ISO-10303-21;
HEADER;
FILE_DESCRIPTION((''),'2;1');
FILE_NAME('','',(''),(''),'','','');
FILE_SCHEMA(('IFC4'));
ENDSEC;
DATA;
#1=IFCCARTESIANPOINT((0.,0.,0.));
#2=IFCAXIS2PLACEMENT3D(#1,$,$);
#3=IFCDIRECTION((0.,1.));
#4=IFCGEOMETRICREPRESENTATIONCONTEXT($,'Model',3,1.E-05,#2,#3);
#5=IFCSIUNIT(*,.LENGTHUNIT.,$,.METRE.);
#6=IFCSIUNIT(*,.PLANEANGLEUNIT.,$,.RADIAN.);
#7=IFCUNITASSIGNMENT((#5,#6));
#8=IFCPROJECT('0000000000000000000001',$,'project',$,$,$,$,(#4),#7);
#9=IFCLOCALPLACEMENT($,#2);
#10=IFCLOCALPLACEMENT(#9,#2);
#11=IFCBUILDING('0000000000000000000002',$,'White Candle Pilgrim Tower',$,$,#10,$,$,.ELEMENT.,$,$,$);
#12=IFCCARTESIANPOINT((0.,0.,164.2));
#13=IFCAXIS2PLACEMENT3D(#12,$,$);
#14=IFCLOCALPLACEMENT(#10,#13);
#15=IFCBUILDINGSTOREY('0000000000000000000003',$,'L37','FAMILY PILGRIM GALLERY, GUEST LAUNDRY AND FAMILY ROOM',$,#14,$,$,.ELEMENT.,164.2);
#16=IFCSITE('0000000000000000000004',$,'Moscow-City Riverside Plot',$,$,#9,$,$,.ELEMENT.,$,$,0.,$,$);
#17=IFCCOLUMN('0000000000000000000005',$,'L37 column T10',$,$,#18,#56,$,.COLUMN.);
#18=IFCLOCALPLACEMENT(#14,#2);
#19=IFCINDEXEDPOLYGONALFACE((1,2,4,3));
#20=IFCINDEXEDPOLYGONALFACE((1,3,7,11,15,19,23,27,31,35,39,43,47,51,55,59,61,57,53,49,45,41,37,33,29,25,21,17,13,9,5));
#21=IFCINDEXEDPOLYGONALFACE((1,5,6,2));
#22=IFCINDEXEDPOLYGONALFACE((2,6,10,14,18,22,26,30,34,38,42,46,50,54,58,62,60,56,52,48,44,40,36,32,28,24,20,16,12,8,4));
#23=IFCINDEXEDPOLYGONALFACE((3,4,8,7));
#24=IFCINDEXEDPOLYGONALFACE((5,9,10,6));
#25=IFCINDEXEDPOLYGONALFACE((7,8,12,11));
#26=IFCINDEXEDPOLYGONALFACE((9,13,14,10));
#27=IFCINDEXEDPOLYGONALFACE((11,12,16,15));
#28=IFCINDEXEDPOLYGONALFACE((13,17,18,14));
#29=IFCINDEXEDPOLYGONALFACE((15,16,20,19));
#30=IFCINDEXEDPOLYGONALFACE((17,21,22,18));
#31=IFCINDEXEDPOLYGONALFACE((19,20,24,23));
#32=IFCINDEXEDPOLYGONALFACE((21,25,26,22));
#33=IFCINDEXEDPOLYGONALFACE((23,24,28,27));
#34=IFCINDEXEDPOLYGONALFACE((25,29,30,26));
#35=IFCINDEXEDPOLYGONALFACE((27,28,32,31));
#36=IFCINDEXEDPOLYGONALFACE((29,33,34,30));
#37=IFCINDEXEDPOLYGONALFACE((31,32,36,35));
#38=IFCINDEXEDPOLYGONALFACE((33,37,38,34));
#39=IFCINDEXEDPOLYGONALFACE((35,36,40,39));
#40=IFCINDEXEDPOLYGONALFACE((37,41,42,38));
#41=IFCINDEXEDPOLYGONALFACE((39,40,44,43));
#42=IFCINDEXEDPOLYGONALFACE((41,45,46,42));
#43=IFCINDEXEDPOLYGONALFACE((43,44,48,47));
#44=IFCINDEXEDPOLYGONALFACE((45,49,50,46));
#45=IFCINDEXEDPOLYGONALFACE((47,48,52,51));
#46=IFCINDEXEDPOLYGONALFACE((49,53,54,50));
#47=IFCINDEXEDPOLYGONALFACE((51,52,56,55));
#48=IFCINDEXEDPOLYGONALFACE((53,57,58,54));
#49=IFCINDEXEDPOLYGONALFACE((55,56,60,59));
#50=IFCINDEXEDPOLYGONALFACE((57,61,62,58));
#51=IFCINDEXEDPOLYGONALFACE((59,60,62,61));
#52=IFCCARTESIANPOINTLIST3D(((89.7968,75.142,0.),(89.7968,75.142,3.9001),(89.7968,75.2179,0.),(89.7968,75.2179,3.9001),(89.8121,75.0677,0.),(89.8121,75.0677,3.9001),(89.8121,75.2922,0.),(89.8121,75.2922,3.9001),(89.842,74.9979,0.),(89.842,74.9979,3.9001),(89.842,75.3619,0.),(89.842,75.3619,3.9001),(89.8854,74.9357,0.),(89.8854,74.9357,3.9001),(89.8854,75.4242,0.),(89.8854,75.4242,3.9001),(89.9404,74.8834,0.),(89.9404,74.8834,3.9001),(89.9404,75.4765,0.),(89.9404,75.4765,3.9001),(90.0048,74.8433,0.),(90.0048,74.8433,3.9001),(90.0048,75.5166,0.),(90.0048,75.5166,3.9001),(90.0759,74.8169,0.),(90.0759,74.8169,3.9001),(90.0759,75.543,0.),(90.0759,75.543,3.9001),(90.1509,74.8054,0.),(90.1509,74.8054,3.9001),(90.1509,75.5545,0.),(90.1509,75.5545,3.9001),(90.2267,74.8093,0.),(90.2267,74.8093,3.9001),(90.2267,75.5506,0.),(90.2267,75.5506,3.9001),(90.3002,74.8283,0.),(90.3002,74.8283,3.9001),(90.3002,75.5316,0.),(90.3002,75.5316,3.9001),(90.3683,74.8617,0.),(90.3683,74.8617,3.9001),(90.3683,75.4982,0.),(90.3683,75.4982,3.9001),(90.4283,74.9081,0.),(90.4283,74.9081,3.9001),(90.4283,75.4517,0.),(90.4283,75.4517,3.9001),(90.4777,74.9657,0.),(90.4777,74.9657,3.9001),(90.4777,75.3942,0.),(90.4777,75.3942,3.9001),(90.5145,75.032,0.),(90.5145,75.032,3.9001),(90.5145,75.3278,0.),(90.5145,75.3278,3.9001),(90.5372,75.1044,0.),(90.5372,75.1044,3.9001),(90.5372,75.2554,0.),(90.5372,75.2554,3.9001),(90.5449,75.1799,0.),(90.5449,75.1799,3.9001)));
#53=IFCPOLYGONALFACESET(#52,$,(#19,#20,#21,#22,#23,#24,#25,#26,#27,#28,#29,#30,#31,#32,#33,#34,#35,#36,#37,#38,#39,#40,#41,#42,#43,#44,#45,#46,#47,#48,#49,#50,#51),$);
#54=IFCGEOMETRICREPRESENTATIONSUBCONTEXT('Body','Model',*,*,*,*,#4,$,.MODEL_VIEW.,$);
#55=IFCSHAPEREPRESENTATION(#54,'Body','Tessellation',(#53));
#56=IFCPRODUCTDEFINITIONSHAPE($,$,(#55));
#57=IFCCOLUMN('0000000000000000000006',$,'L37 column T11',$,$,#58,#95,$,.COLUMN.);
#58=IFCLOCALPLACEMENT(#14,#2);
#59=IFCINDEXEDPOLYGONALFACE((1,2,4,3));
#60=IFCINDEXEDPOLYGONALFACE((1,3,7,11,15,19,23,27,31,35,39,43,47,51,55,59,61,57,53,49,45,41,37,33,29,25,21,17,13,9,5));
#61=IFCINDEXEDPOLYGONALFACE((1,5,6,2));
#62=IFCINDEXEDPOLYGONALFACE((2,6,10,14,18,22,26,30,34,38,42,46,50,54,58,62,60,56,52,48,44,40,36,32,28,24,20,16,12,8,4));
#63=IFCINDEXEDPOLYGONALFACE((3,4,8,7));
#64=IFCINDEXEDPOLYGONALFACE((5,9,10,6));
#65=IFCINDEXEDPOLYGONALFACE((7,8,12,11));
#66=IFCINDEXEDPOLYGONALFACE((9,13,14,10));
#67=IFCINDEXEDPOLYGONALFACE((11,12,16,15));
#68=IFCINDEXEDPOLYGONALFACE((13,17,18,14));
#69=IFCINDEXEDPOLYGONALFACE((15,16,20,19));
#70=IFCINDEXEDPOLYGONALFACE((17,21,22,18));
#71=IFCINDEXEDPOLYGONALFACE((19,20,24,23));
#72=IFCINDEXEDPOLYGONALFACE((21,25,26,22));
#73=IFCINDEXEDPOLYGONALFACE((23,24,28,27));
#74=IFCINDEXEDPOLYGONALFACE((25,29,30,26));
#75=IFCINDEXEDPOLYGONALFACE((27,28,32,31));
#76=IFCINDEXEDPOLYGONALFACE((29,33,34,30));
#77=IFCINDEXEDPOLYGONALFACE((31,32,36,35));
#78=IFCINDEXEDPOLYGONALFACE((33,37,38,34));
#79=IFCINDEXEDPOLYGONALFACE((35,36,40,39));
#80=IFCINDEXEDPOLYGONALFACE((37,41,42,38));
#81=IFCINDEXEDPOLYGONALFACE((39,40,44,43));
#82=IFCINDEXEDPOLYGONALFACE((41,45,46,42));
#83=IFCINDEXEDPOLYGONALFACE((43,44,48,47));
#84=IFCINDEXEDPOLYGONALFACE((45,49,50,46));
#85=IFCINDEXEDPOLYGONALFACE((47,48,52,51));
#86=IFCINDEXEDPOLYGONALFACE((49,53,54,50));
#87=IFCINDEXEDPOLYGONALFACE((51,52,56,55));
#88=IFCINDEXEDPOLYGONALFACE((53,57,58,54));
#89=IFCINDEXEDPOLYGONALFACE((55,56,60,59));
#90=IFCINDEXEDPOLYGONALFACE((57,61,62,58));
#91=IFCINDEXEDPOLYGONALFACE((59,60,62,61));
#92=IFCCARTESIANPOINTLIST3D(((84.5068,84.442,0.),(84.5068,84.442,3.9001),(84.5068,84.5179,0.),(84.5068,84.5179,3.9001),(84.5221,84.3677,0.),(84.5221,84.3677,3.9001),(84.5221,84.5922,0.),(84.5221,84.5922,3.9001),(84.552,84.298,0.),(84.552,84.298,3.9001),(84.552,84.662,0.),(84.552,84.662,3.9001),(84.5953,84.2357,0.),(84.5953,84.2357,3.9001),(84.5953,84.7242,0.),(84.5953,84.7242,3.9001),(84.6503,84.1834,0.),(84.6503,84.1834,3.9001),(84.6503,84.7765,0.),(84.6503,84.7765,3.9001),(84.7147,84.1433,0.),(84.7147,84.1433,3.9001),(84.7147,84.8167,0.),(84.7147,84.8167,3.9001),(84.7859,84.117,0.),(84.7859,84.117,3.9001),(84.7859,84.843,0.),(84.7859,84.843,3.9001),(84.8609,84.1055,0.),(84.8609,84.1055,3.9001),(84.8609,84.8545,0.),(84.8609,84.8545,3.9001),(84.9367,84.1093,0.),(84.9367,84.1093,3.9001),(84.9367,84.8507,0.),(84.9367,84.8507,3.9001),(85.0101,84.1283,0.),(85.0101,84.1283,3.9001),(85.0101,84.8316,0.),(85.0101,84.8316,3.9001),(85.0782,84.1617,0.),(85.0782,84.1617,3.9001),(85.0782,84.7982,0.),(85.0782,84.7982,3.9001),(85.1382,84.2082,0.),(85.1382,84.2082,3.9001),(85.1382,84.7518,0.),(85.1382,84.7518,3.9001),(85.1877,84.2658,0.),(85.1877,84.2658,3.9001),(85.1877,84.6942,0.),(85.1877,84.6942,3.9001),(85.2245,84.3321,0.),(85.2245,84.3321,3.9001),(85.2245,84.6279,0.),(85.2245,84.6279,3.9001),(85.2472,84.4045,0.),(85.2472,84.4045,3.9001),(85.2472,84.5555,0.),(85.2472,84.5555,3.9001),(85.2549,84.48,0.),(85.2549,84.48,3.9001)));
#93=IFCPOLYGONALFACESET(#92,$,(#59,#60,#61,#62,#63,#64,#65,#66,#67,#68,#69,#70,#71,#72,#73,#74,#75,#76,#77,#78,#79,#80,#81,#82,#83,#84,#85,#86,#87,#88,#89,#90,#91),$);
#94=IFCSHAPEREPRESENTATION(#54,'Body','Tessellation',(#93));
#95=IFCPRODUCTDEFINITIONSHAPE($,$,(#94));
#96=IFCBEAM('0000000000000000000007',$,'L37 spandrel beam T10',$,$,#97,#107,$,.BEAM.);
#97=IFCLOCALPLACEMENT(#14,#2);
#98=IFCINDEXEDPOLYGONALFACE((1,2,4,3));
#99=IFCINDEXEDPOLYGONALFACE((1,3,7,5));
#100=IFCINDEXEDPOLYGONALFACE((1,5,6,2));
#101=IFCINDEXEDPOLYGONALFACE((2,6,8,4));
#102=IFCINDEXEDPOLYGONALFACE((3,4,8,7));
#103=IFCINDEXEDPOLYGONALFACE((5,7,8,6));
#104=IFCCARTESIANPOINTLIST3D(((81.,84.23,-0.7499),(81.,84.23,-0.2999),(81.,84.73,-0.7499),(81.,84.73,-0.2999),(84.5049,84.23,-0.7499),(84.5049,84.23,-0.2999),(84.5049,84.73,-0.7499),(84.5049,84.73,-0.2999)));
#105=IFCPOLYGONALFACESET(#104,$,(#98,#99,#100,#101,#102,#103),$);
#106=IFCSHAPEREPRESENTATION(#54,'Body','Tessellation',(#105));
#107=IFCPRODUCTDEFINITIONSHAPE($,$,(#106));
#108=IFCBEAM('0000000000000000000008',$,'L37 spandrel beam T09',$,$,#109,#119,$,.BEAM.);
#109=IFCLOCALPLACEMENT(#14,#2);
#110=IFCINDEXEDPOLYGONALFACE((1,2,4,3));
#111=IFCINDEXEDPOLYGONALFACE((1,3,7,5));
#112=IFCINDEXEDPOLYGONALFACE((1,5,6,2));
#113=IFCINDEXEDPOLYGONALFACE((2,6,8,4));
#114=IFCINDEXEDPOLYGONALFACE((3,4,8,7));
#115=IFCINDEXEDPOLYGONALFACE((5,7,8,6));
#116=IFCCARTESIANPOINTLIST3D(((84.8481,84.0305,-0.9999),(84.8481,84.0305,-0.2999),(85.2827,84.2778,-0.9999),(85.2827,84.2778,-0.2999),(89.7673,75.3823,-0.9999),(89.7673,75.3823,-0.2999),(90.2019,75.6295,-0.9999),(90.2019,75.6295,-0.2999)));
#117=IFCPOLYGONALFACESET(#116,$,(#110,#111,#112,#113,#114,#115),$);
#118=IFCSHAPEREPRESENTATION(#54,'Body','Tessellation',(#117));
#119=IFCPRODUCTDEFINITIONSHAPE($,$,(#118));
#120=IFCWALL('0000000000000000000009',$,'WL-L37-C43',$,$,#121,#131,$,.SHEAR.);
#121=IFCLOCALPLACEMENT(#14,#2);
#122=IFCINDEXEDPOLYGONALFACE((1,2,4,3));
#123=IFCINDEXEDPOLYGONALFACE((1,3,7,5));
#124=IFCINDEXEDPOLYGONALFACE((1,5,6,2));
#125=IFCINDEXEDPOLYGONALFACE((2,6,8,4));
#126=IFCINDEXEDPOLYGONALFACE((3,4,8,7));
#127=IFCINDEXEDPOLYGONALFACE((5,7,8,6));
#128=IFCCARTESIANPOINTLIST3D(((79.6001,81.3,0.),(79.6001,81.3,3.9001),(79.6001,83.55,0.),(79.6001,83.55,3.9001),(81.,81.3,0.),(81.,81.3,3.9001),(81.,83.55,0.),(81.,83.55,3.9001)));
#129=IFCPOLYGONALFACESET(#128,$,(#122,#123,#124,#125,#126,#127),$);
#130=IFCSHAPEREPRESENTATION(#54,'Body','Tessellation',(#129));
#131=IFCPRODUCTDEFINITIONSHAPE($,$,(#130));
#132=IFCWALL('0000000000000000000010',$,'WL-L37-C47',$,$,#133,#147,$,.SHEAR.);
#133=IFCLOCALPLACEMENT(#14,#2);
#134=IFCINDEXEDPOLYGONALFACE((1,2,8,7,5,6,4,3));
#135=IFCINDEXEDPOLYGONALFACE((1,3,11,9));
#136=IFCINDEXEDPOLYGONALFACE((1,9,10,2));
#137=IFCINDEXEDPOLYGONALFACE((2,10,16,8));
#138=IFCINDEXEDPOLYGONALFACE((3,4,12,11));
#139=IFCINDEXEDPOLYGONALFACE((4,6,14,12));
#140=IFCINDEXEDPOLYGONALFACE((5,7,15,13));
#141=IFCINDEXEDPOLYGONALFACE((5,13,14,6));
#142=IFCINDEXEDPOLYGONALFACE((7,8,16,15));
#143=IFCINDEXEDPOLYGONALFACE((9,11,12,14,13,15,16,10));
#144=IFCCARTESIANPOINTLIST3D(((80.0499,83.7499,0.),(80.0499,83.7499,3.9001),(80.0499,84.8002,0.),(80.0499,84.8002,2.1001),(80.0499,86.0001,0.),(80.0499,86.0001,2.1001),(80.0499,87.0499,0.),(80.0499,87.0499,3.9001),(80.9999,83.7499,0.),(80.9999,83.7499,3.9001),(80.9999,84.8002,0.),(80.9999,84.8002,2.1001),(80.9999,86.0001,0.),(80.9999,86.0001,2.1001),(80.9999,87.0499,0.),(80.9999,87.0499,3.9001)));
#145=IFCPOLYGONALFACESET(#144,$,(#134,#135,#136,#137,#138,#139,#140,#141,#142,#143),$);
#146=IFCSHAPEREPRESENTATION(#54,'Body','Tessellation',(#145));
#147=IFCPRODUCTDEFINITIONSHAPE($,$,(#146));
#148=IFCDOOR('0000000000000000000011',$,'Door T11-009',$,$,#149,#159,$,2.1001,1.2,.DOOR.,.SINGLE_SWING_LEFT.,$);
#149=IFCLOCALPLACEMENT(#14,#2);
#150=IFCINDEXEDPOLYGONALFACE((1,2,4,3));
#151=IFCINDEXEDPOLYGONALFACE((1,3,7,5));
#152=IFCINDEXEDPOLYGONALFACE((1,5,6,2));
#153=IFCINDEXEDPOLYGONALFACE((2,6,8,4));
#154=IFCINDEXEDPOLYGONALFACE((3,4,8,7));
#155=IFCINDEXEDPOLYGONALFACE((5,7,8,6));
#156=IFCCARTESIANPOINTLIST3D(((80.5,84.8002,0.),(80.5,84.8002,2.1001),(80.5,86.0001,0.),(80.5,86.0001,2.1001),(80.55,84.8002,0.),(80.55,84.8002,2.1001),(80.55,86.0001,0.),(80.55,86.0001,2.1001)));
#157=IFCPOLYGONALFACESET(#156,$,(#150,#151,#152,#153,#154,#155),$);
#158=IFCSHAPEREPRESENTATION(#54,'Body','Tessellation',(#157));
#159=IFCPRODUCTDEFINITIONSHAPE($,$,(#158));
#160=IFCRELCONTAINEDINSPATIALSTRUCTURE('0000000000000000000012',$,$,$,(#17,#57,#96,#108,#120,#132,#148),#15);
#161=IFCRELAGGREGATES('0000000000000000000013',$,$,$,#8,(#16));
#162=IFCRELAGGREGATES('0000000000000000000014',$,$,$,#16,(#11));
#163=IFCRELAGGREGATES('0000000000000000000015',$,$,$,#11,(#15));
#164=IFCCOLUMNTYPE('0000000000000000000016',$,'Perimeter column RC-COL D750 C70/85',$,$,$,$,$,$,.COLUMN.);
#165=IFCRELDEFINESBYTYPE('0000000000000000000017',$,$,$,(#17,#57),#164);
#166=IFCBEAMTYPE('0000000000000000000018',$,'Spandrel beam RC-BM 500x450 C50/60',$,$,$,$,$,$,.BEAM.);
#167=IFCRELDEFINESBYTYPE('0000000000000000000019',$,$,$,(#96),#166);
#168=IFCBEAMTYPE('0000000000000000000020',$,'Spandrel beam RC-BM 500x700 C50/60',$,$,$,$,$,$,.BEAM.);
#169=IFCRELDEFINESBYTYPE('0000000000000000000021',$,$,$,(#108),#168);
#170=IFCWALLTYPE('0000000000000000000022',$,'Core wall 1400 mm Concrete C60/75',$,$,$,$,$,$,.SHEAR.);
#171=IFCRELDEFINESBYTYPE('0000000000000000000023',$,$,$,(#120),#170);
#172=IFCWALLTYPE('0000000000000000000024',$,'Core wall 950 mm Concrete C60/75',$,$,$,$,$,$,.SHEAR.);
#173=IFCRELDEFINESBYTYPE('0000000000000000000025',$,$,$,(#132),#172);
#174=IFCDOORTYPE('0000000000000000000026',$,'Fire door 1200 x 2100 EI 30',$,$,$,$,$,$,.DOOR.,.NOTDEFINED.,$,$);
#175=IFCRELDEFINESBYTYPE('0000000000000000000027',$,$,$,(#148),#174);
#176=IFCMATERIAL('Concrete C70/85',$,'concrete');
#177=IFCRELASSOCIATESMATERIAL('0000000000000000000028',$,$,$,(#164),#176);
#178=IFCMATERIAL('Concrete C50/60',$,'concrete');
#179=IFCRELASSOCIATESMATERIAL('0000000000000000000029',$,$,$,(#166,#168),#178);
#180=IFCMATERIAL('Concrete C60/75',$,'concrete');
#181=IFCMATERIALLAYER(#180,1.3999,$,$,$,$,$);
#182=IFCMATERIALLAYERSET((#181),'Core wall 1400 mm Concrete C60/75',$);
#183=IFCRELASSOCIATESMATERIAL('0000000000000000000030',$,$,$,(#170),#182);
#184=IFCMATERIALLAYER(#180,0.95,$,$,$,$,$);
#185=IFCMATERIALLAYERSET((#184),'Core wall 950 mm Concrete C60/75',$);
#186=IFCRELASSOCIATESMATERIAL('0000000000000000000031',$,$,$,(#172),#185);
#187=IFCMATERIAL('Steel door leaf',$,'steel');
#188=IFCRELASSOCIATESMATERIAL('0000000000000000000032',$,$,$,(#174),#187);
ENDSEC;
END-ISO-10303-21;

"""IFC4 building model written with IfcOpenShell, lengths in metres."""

from ifc_helpers import new_model, si_unit, direction, frame, frame_2d, origin, origin_2d, place, context, subcontext, project, spatial, rectangle, circle, extrude, material, layer, layer_set, material_profile, profile_set, type_object, element, fill, save


model = new_model("IFC4")

# Units and contexts
model_context = context("Model", 3, precision=1e-05, world=origin(), true_north=direction((0.0, 1.0)))
body_context = subcontext(model_context, "Body", "Model", "MODEL_VIEW")
ifc_project = project(units=[si_unit("LENGTHUNIT", "METRE"), si_unit("PLANEANGLEUNIT", "RADIAN")], contexts=[model_context])

# Site, building, storey
site_placement = place(None, origin())
site = spatial("IfcSite", under=ifc_project, at=site_placement, Name="Moscow-City Riverside Plot", CompositionType="ELEMENT", RefElevation=0.0)
building_placement = place(site_placement, origin())
building = spatial("IfcBuilding", under=site, at=building_placement, Name="White Candle Pilgrim Tower", CompositionType="ELEMENT")
storey_placement = place(building_placement, frame((0.0, 0.0, 164.2)))
storey = spatial("IfcBuildingStorey", under=building, at=storey_placement, Name="L37", Description="FAMILY PILGRIM GALLERY, GUEST LAUNDRY AND FAMILY ROOM", CompositionType="ELEMENT", Elevation=164.2)

# Columns
ifc_material_1 = material(Name="Concrete C70/85", Category="concrete")
ifc_material_profile_1 = material_profile(ifc_material_1, circle(Radius=0.375, at=origin_2d()), Name="RC-COL D750")
ifc_profile_set_1 = profile_set([ifc_material_profile_1], Name="Concrete C70/85")
column_type = type_object("IfcColumnType", Name="Perimeter column RC-COL D750 C70/85", PredefinedType="COLUMN", material=ifc_profile_set_1)
for number, where, z_axis, x_axis, name in (
    (1, (90.1699, 75.1799, 0.0), (0.0, 0.0, 1.0), (1.0, 0.0, 0.0), "L37 column T10"),
    (2, (84.8799, 84.48, 0.0), (0.0, 0.0, 1.0), (1.0, 0.0, 0.0), "L37 column T11"),
):
    element("IfcColumn", number, at=place(storey_placement, frame(where, z_axis=z_axis, x_axis=x_axis)), inside=storey, type_object=column_type, Name=name, PredefinedType="COLUMN", context=body_context, shape_type="SweptSolid", body=[
        extrude(circle(Radius=0.375, at=origin_2d()), origin(), (0.0, 0.0, 1.0), 3.9001),
    ])

# Beams
ifc_material_2 = material(Name="Concrete C50/60", Category="concrete")
ifc_material_profile_2 = material_profile(ifc_material_2, rectangle(XDim=0.5, YDim=0.45, at=origin_2d()), Name="RC-BM 500x450")
ifc_profile_set_2 = profile_set([ifc_material_profile_2], Name="Concrete C50/60")
beam_type_1 = type_object("IfcBeamType", Name="Spandrel beam RC-BM 500x450 C50/60", PredefinedType="BEAM", material=ifc_profile_set_2)
beam_1_placement = place(storey_placement, frame((84.5049, 84.48, -0.5249), z_axis=(-1.0, 0.0, 0.0), x_axis=(0.0, -1.0, 0.0)))
element("IfcBeam", 3, at=beam_1_placement, inside=storey, type_object=beam_type_1, Name="L37 spandrel beam T10", PredefinedType="BEAM", context=body_context, shape_type="SweptSolid", body=[
    extrude(rectangle(XDim=0.5, YDim=0.45, at=origin_2d()), origin(), (0.0, 0.0, 1.0), 3.5049),
])
ifc_material_profile_3 = material_profile(ifc_material_2, rectangle(XDim=0.5, YDim=0.7, at=origin_2d()), Name="RC-BM 500x700")
ifc_profile_set_3 = profile_set([ifc_material_profile_3], Name="Concrete C50/60")
beam_type_2 = type_object("IfcBeamType", Name="Spandrel beam RC-BM 500x700 C50/60", PredefinedType="BEAM", material=ifc_profile_set_3)
beam_2_placement = place(storey_placement, frame((89.9846, 75.5059, -0.6499), z_axis=(-0.494423, 0.869221, 0.0), x_axis=(-0.869221, -0.494423, 0.0)))
element("IfcBeam", 4, at=beam_2_placement, inside=storey, type_object=beam_type_2, Name="L37 spandrel beam T09", PredefinedType="BEAM", context=body_context, shape_type="SweptSolid", body=[
    extrude(rectangle(XDim=0.5, YDim=0.7, at=origin_2d()), origin(), (0.0, 0.0, 1.0), 9.9495),
])

# Wall
ifc_material_3 = material(Name="Concrete C60/75", Category="concrete")
ifc_layer_1 = layer(ifc_material_3, 1.3999)
ifc_layer_set_1 = layer_set([ifc_layer_1], Name="Core wall 1400 mm Concrete C60/75")
wall_type_1 = type_object("IfcWallType", Name="Core wall 1400 mm Concrete C60/75", PredefinedType="SHEAR", material=ifc_layer_set_1)
wall_1_placement = place(storey_placement, frame((80.3, 81.3, 0.0), z_axis=(0.0, 0.0, 1.0), x_axis=(0.0, 1.0, 0.0)))
element("IfcWall", 5, at=wall_1_placement, inside=storey, type_object=wall_type_1, Name="WL-L37-C43", PredefinedType="SHEAR", context=body_context, shape_type="SweptSolid", body=[
    extrude(rectangle(XDim=2.25, YDim=1.3999, at=frame_2d((1.125, 0.0))), origin(), (0.0, 0.0, 1.0), 3.9001),
])

# Wall, opening, door
ifc_layer_2 = layer(ifc_material_3, 0.95)
ifc_layer_set_2 = layer_set([ifc_layer_2], Name="Core wall 950 mm Concrete C60/75")
wall_type_2 = type_object("IfcWallType", Name="Core wall 950 mm Concrete C60/75", PredefinedType="SHEAR", material=ifc_layer_set_2)
wall_2_placement = place(storey_placement, frame((80.5249, 83.75, 0.0), z_axis=(0.0, 0.0, 1.0), x_axis=(0.0, 1.0, 0.0)))
wall_2 = element("IfcWall", 6, at=wall_2_placement, inside=storey, type_object=wall_type_2, Name="WL-L37-C47", PredefinedType="SHEAR", context=body_context, shape_type="SweptSolid", body=[
    extrude(rectangle(XDim=3.3, YDim=0.95, at=frame_2d((1.6499, 0.0))), origin(), (0.0, 0.0, 1.0), 3.9001),
])
opening_1_placement = place(wall_2_placement, frame((1.05, 0.0, 0.0)))
opening_1 = element("IfcOpeningElement", 7, at=opening_1_placement, cuts=wall_2, PredefinedType="OPENING", context=body_context, shape_type="SweptSolid", body=[
    extrude(rectangle(XDim=1.2, YDim=2.1001, at=frame_2d((0.6001, 1.05))), frame((0.0, 0.4849, 0.0), z_axis=(0.0, -1.0, 0.0), x_axis=(1.0, 0.0, 0.0)), (0.0, 0.0, 1.0), 0.97),
])
ifc_material_4 = material(Name="Steel door leaf", Category="steel")
door_type_1 = type_object("IfcDoorType", Name="Fire door 1200 x 2100 EI 30", OperationType="NOTDEFINED", PredefinedType="DOOR", material=ifc_material_4)
door_1_placement = place(opening_1_placement, origin())
door_1 = element("IfcDoor", 8, at=door_1_placement, inside=storey, type_object=door_type_1, Name="Door T11-009", OperationType="SINGLE_SWING_LEFT", OverallHeight=2.1001, OverallWidth=1.2, PredefinedType="DOOR", context=body_context, shape_type="SweptSolid", body=[
    extrude(rectangle(XDim=1.2, YDim=2.1001, at=frame_2d((0.6001, 1.05))), frame((0.0, 0.0249, 0.0), z_axis=(0.0, -1.0, 0.0), x_axis=(1.0, 0.0, 0.0)), (0.0, 0.0, 1.0), 0.05),
])
fill(opening_1, door_1)

save(model, "model.ifc")
